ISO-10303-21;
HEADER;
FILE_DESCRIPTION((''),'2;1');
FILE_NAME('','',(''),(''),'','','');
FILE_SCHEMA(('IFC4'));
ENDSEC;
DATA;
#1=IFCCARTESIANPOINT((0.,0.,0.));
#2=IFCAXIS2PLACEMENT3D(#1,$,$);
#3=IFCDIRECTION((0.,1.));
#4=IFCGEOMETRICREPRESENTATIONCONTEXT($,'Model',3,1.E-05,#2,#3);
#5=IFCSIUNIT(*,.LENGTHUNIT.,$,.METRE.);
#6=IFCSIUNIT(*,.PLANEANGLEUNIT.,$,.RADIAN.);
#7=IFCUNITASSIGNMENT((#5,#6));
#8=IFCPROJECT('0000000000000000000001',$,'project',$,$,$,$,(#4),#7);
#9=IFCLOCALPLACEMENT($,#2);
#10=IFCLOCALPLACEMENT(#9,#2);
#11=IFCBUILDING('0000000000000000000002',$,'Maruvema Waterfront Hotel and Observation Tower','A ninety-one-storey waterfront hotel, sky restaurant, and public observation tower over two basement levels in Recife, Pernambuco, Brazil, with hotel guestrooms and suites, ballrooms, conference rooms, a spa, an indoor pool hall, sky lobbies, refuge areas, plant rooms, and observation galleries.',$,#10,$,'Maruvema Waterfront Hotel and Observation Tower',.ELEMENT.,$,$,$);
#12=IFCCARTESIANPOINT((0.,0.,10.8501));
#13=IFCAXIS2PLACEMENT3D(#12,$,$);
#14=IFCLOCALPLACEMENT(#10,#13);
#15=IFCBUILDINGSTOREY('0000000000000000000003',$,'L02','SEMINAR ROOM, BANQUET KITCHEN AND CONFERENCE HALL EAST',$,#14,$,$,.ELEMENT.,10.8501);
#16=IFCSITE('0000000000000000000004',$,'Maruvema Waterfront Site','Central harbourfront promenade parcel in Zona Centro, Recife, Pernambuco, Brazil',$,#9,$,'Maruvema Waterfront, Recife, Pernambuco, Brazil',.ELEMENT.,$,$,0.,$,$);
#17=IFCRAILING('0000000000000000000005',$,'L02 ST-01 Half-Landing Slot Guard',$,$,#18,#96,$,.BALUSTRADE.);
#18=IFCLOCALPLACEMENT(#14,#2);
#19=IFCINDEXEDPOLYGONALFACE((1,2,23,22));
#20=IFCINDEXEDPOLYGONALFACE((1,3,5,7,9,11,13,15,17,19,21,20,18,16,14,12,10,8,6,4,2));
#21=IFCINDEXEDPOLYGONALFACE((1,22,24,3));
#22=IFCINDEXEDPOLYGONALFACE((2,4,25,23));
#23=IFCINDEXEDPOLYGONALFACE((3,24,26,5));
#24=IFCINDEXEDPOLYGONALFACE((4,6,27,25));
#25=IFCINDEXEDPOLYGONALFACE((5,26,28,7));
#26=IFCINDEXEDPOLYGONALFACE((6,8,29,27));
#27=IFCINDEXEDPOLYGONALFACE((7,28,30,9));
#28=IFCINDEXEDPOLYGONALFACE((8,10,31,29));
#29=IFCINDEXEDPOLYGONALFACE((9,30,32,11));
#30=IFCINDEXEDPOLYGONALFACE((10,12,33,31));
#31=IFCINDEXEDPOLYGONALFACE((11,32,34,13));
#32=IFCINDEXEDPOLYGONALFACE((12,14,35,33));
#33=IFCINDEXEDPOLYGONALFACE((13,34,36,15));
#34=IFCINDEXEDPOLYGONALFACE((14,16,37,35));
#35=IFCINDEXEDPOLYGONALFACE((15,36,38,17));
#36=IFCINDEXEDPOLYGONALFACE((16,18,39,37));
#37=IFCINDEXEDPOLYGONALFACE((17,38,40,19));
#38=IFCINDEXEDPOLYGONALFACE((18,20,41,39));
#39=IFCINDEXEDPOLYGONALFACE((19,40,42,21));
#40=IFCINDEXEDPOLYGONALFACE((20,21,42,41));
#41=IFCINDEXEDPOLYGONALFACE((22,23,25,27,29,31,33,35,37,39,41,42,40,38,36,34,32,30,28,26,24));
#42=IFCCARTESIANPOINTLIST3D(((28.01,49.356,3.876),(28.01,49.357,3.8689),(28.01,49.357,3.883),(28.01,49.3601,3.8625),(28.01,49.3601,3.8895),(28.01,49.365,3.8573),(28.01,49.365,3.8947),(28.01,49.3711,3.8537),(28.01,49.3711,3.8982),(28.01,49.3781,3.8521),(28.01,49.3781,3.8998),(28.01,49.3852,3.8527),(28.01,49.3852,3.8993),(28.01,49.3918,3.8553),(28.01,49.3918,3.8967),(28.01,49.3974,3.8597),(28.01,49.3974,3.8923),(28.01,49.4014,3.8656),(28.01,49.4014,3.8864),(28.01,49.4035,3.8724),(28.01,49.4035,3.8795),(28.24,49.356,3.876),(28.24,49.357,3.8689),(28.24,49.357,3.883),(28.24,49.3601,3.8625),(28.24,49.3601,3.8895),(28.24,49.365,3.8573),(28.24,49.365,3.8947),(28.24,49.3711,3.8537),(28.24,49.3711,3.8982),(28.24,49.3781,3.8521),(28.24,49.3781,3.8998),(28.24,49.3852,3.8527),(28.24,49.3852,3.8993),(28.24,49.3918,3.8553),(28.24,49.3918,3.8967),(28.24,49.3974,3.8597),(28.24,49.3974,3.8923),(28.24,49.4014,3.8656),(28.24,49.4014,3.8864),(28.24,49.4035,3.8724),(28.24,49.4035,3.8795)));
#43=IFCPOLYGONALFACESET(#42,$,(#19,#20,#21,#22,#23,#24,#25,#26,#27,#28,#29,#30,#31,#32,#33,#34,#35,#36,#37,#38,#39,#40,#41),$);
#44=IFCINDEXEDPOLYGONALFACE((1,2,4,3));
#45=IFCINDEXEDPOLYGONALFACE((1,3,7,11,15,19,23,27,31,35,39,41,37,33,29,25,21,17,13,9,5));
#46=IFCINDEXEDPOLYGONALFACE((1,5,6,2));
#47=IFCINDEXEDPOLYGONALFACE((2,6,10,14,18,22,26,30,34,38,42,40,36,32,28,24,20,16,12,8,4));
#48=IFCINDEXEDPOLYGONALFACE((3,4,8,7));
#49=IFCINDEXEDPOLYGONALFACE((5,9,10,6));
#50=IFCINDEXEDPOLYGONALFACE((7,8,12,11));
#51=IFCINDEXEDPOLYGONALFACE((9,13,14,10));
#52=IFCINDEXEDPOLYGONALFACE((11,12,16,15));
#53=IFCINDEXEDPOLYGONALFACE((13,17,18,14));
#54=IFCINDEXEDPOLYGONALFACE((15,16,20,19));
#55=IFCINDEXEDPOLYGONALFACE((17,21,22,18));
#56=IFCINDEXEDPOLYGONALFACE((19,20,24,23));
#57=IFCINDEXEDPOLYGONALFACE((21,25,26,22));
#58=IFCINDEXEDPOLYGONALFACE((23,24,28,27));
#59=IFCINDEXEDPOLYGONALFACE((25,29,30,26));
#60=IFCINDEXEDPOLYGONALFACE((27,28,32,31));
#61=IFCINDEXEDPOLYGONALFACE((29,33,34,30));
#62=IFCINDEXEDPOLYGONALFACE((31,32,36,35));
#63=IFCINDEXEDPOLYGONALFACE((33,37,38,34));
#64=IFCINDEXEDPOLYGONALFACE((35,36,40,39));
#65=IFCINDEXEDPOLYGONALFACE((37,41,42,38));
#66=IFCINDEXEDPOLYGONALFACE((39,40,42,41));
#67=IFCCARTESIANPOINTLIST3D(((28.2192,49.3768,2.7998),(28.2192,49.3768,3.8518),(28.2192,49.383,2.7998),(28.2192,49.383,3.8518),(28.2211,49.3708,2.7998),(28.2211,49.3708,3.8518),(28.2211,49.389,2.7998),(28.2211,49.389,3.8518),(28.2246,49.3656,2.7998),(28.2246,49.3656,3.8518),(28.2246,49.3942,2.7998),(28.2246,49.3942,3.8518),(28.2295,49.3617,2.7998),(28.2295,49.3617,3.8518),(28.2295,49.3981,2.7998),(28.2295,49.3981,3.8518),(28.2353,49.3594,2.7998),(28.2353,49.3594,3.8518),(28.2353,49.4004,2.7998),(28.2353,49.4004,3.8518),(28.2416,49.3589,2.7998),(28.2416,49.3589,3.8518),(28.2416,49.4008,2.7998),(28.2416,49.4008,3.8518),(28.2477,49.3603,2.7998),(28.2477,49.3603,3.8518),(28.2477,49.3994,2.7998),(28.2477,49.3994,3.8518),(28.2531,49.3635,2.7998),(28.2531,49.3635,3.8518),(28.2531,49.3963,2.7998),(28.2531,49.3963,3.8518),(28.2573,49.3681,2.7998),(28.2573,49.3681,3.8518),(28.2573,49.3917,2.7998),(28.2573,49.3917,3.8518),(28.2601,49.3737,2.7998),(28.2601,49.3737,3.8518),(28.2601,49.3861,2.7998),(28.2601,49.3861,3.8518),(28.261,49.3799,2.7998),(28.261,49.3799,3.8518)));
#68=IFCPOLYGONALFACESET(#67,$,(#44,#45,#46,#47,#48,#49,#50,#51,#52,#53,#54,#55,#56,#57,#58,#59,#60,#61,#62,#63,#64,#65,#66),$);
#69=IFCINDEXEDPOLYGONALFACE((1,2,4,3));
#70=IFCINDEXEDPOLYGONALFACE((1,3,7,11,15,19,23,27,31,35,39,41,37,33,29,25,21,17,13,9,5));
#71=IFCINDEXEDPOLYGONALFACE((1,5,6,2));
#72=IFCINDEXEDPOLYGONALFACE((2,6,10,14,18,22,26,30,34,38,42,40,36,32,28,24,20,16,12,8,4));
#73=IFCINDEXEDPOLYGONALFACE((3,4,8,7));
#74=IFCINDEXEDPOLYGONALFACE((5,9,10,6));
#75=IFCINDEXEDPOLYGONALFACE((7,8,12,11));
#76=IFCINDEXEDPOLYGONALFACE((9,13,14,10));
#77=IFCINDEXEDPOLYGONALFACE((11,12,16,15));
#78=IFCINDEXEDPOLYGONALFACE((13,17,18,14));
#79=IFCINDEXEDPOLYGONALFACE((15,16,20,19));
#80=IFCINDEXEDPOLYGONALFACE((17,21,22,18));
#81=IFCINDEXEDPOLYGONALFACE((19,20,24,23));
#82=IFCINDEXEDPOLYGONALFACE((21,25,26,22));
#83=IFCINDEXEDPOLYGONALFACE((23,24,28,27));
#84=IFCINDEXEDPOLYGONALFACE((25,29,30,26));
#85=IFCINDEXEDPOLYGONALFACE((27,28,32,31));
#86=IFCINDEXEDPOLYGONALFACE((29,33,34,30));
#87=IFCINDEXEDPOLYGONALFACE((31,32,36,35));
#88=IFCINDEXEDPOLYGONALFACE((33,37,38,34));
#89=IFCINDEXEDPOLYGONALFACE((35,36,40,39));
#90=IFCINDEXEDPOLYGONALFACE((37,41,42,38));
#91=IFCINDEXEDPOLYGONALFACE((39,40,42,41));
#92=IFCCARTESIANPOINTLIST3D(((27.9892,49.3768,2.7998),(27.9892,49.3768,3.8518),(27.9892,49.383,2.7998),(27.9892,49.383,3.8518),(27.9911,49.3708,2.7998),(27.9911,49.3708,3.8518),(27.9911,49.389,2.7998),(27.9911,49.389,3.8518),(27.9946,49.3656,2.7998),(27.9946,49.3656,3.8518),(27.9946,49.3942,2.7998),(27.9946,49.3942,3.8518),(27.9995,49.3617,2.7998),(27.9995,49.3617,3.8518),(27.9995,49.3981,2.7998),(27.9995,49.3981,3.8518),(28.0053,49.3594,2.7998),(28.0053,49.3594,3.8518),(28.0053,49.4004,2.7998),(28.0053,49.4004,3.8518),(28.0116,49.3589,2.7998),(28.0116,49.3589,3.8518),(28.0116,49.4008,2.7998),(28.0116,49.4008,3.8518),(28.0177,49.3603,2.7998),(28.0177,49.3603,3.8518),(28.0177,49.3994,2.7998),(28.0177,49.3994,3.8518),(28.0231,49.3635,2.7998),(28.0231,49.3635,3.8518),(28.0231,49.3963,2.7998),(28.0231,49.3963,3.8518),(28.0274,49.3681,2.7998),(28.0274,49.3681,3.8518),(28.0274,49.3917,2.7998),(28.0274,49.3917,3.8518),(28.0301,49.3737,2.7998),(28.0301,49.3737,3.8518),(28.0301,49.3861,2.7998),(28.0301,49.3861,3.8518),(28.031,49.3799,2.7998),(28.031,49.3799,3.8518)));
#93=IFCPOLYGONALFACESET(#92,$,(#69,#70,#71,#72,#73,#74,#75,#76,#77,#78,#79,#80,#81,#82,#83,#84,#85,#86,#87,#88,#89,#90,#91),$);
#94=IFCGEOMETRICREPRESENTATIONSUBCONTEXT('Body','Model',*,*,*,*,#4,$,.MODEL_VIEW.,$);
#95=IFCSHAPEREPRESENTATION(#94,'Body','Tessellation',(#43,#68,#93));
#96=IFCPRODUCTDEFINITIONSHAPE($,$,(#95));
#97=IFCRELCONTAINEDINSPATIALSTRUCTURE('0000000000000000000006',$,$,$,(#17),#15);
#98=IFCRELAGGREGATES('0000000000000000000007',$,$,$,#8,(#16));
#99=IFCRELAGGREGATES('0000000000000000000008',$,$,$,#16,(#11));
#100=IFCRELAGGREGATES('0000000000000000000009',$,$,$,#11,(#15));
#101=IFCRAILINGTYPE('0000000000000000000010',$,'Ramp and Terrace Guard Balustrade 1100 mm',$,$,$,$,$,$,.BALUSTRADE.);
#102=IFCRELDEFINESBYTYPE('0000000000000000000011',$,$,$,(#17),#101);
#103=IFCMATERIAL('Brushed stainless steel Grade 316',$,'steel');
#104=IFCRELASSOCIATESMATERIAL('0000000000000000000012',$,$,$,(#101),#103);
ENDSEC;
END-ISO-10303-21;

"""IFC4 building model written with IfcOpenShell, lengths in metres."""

from ifc_helpers import new_model, si_unit, direction, frame, origin, origin_2d, place, context, subcontext, project, spatial, circle, extrude, material, type_object, element, save


model = new_model("IFC4")

# Units and contexts
model_context = context("Model", 3, precision=1e-05, world=origin(), true_north=direction((0.0, 1.0)))
body_context = subcontext(model_context, "Body", "Model", "MODEL_VIEW")
ifc_project = project(units=[si_unit("LENGTHUNIT", "METRE"), si_unit("PLANEANGLEUNIT", "RADIAN")], contexts=[model_context])

# Site, building, storey
site_placement = place(None, origin())
site = spatial("IfcSite", under=ifc_project, at=site_placement, Name="Maruvema Waterfront Site", Description="Central harbourfront promenade parcel in Zona Centro, Recife, Pernambuco, Brazil", LongName="Maruvema Waterfront, Recife, Pernambuco, Brazil", CompositionType="ELEMENT", RefElevation=0.0)
building_placement = place(site_placement, origin())
building = spatial("IfcBuilding", under=site, at=building_placement, Name="Maruvema Waterfront Hotel and Observation Tower", Description="A ninety-one-storey waterfront hotel, sky restaurant, and public observation tower over two basement levels in Recife, Pernambuco, Brazil, with hotel guestrooms and suites, ballrooms, conference rooms, a spa, an indoor pool hall, sky lobbies, refuge areas, plant rooms, and observation galleries.", LongName="Maruvema Waterfront Hotel and Observation Tower", CompositionType="ELEMENT")
storey_placement = place(building_placement, frame((0.0, 0.0, 10.8501)))
storey = spatial("IfcBuildingStorey", under=building, at=storey_placement, Name="L02", Description="SEMINAR ROOM, BANQUET KITCHEN AND CONFERENCE HALL EAST", CompositionType="ELEMENT", Elevation=10.8501)

# Railing
ifc_material_1 = material(Name="Brushed stainless steel Grade 316", Category="steel")
railing_type_1 = type_object("IfcRailingType", Name="Ramp and Terrace Guard Balustrade 1100 mm", PredefinedType="BALUSTRADE", material=ifc_material_1)
railing_1_placement = place(storey_placement, frame((28.24, 49.3799, 2.7998)))
element("IfcRailing", 1, at=railing_1_placement, inside=storey, type_object=railing_type_1, Name="L02 ST-01 Half-Landing Slot Guard", PredefinedType="BALUSTRADE", context=body_context, shape_type="SweptSolid", body=[
    extrude(circle(Radius=0.0239, at=origin_2d()), frame((0.0, 0.0, 1.0762), z_axis=(-1.0, 0.0, 0.0), x_axis=(0.0, -1.0, 0.0)), (0.0, 0.0, 1.0), 0.23),
    extrude(circle(Radius=0.021, at=origin_2d()), origin(), (0.0, 0.0, 1.0), 1.052),
    extrude(circle(Radius=0.021, at=origin_2d()), frame((-0.23, 0.0, 0.0)), (0.0, 0.0, 1.0), 1.052),
])

save(model, "model.ifc")
